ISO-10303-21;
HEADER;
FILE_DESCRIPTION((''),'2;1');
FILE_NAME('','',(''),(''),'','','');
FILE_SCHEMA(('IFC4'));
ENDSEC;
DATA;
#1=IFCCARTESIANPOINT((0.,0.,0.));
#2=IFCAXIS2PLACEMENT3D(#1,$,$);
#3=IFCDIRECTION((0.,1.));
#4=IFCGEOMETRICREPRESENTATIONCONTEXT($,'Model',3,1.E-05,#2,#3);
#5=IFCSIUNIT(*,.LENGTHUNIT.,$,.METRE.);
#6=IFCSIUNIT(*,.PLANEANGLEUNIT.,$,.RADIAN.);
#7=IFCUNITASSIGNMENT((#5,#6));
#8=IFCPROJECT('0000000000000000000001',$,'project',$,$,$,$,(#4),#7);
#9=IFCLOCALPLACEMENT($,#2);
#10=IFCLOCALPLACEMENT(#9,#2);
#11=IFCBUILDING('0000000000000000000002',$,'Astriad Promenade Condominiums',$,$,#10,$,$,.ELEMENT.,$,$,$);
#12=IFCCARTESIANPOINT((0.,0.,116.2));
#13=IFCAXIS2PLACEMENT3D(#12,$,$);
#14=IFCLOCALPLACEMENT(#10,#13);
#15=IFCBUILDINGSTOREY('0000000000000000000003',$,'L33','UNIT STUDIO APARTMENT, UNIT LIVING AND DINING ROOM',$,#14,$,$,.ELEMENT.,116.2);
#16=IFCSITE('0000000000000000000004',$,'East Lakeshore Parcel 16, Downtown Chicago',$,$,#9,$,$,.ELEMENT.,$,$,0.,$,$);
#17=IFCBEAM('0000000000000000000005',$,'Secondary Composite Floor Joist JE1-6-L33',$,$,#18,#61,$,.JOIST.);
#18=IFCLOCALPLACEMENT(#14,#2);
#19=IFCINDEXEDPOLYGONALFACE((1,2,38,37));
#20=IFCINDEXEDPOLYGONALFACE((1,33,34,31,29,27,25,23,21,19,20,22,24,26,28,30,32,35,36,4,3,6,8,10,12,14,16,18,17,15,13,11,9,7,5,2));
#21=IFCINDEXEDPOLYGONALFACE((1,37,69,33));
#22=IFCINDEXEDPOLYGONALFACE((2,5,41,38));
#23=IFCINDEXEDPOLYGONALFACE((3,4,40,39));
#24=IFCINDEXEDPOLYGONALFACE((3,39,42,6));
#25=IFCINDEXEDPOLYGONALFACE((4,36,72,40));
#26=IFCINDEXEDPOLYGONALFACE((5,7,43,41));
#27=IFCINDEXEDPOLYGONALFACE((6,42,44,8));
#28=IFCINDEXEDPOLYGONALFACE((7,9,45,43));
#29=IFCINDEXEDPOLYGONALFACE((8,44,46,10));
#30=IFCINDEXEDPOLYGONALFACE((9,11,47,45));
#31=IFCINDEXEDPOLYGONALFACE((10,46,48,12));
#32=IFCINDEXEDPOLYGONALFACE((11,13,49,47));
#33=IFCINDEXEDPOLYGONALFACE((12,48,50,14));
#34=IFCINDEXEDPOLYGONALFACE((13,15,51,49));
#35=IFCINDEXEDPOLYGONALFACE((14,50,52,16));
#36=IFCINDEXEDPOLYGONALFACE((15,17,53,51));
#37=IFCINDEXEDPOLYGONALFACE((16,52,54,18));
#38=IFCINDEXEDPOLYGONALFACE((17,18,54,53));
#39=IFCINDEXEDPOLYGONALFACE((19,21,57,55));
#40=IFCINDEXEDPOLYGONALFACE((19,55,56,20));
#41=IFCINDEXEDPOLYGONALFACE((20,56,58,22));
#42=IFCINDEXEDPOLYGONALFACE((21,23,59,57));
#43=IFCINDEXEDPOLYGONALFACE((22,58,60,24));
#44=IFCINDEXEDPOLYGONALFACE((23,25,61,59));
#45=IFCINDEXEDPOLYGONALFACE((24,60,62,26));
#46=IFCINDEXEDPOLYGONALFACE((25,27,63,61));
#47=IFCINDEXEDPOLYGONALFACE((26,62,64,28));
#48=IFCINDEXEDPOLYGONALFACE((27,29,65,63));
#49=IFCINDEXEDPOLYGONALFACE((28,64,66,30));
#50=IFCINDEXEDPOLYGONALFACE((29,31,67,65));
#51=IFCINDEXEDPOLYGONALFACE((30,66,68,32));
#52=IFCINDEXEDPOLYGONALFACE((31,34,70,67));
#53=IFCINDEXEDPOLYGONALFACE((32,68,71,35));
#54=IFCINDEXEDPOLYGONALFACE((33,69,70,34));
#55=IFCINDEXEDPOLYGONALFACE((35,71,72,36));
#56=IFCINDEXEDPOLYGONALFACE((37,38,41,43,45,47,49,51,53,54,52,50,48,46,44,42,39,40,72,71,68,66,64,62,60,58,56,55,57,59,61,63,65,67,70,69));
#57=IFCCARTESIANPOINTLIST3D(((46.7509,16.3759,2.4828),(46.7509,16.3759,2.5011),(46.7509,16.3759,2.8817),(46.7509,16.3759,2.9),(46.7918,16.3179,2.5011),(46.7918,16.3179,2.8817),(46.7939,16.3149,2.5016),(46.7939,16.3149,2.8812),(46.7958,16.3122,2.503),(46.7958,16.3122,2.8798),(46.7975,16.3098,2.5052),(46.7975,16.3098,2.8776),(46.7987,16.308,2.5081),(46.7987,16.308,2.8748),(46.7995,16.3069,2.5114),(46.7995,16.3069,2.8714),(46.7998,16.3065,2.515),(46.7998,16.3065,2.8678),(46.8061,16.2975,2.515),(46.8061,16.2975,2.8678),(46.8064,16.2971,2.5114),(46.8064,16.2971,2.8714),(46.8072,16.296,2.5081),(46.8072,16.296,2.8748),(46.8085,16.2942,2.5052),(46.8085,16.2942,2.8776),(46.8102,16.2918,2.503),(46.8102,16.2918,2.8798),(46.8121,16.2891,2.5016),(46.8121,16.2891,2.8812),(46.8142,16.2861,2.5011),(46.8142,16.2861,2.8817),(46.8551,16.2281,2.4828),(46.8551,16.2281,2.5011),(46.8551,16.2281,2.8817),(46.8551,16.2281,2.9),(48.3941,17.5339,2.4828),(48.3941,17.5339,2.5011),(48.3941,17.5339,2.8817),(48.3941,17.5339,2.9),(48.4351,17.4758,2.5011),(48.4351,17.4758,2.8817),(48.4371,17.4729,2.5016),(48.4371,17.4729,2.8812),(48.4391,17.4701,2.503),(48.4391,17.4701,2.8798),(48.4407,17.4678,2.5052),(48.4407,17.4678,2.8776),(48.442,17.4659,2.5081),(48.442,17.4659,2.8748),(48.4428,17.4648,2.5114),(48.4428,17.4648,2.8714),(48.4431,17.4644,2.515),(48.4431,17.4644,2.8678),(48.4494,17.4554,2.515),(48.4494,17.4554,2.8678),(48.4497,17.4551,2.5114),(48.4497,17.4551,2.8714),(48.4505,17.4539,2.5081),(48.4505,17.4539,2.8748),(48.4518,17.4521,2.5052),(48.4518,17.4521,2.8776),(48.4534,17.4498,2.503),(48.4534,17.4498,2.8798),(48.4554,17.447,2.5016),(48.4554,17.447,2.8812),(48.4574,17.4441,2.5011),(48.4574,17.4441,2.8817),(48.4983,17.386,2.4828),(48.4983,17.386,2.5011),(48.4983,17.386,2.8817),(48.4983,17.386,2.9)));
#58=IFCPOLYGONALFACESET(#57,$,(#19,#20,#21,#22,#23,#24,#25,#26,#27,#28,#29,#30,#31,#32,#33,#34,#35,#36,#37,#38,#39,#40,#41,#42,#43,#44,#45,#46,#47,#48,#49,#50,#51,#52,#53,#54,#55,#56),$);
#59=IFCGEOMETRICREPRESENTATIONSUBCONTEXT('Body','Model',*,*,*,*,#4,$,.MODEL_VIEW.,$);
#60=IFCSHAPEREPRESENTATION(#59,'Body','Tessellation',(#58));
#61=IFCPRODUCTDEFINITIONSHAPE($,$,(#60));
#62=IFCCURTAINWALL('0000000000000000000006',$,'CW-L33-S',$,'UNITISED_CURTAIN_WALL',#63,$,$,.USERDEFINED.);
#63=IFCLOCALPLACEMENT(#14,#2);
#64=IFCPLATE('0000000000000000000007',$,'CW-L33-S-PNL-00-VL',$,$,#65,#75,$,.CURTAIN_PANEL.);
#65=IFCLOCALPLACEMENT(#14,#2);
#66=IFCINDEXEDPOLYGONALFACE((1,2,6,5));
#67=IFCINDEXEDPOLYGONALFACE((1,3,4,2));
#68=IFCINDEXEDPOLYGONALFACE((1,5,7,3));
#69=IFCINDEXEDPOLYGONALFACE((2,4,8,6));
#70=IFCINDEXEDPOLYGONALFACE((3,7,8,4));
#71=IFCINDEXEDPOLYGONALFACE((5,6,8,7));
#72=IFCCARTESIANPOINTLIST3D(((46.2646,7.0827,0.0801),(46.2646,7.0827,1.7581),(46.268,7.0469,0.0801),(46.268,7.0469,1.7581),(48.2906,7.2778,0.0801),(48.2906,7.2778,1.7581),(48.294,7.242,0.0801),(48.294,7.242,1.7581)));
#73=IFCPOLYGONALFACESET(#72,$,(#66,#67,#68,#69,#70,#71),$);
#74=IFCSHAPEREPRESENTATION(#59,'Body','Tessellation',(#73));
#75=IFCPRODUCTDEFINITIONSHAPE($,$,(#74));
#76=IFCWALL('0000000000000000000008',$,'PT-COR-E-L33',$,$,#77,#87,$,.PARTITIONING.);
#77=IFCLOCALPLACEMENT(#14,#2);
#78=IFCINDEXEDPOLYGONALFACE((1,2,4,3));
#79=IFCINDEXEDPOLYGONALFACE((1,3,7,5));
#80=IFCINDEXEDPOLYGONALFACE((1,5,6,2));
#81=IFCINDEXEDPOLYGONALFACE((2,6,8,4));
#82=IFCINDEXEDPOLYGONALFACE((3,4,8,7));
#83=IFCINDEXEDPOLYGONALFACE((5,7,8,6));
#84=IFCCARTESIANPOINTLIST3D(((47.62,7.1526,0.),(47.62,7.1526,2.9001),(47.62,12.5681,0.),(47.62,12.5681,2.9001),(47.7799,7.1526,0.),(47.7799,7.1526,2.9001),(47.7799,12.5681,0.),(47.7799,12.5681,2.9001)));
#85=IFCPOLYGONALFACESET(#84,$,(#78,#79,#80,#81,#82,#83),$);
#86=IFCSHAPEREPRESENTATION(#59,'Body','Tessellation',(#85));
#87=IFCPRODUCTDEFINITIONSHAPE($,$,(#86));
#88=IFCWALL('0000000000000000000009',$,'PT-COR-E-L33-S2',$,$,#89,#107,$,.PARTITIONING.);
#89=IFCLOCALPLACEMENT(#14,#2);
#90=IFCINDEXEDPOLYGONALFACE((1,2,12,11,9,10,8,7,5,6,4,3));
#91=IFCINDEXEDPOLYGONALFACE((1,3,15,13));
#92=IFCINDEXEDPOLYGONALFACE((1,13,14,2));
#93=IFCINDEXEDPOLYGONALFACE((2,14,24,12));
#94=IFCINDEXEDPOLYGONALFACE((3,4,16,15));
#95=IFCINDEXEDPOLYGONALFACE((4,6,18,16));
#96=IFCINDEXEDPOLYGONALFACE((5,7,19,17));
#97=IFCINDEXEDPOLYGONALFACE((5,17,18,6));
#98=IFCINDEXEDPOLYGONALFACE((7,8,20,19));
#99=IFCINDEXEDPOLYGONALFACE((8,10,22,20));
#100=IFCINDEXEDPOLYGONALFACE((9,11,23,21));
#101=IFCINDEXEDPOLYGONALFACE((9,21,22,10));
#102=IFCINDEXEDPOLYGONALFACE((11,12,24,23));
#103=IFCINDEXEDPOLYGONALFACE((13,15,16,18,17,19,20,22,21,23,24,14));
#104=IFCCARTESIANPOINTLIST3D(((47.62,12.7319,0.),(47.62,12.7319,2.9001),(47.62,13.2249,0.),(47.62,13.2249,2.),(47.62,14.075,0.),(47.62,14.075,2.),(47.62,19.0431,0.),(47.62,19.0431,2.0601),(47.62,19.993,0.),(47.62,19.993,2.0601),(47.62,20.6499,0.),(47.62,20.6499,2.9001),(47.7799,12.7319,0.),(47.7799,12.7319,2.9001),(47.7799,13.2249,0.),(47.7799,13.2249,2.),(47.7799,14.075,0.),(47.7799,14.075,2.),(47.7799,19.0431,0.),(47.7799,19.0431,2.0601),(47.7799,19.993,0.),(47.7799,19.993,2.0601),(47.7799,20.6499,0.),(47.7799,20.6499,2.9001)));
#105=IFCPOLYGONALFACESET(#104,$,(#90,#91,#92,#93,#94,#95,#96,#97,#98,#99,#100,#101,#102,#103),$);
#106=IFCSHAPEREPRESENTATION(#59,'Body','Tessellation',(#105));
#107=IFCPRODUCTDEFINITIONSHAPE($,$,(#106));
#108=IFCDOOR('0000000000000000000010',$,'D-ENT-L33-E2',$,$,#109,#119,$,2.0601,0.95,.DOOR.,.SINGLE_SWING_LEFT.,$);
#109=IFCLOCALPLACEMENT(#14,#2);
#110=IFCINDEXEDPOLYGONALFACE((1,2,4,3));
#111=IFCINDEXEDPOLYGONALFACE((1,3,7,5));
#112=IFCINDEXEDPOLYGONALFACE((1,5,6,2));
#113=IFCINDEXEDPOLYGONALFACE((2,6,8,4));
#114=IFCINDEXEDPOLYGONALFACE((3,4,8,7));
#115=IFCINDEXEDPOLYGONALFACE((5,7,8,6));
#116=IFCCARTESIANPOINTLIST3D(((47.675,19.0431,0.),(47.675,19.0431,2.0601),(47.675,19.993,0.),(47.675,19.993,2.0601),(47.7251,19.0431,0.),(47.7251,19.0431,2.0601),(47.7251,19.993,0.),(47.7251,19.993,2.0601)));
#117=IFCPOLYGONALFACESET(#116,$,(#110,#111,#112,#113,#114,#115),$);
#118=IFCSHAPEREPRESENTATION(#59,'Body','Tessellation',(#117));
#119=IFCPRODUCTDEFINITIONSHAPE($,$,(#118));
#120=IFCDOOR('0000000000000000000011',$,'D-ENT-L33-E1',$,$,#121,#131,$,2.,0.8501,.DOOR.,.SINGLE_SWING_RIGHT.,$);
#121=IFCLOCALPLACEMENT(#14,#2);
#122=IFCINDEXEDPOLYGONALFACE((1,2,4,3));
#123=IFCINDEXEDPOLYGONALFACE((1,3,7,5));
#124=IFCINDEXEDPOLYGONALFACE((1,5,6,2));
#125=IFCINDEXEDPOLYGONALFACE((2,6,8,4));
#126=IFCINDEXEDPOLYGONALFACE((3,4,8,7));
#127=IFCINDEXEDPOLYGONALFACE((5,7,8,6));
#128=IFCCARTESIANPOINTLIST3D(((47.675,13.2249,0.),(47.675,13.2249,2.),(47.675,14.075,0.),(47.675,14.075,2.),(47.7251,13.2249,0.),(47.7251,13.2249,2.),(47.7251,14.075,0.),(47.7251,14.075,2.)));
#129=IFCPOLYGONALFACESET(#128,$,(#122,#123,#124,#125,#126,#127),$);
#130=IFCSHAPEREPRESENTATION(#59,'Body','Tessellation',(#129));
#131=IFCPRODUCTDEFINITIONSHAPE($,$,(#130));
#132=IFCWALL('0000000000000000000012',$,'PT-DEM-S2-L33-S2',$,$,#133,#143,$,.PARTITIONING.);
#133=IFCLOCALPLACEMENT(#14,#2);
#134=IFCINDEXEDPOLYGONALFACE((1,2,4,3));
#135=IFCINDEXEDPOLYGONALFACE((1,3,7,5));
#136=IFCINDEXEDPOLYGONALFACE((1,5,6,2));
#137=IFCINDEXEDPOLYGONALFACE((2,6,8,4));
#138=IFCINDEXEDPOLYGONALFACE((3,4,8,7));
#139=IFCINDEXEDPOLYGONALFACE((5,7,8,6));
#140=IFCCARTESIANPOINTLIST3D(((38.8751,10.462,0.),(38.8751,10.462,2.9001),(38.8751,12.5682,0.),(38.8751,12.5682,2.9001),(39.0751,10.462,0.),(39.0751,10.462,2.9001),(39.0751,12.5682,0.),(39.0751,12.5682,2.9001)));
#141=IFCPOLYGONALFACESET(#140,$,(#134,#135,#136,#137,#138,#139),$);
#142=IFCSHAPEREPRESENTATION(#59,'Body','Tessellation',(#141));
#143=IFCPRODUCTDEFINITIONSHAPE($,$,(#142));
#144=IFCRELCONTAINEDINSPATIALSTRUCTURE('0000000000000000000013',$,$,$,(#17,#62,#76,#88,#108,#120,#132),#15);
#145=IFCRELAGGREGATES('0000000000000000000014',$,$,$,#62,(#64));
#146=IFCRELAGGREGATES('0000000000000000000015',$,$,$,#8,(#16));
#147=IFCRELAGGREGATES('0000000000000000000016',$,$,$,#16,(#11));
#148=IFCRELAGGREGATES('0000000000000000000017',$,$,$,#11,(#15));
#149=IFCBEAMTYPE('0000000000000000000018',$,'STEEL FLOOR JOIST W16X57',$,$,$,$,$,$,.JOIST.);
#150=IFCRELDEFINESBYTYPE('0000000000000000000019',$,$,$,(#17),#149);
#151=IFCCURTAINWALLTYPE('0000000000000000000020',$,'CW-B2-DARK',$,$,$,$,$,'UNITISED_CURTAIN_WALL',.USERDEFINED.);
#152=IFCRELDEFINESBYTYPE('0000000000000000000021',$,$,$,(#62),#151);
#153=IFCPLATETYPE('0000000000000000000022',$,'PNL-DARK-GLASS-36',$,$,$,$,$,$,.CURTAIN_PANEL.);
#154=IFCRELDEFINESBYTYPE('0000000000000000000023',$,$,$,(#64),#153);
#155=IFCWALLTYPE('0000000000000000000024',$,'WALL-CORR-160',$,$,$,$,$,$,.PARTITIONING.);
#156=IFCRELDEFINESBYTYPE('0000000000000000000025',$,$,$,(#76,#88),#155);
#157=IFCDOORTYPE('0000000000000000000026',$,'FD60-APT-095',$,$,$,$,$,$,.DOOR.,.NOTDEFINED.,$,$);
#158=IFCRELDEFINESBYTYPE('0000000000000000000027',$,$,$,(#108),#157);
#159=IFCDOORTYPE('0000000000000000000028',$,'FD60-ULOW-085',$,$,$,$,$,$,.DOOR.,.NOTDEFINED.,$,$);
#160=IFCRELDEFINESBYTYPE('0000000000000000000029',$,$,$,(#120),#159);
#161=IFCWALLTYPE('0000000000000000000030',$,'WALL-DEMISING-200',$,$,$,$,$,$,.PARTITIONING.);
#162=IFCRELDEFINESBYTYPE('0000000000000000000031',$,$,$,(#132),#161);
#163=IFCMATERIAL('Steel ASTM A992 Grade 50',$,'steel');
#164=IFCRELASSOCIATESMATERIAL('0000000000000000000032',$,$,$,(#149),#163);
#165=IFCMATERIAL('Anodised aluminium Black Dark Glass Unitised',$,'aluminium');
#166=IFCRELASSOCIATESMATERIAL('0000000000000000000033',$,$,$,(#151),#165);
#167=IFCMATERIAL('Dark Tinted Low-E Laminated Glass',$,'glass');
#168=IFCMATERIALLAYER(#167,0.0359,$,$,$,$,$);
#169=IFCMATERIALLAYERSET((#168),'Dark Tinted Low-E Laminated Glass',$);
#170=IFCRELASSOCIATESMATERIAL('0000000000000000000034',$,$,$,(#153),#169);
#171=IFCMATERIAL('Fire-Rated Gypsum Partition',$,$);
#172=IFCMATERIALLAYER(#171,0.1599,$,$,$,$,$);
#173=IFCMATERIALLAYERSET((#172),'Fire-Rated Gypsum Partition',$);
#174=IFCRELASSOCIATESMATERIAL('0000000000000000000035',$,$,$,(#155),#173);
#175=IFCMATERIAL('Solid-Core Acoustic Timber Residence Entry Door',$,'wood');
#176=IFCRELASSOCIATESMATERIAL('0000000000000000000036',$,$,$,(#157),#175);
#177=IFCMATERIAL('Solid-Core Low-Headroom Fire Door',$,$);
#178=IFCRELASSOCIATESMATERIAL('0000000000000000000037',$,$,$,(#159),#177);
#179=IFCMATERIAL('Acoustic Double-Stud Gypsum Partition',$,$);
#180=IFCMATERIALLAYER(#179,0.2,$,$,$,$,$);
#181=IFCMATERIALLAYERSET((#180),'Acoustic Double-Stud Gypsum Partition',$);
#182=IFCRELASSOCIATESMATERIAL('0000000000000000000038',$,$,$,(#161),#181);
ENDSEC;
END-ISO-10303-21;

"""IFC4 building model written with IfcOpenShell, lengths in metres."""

from ifc_helpers import new_model, si_unit, direction, frame, frame_2d, origin, origin_2d, place, context, subcontext, project, spatial, rectangle, i_section, extrude, source, transform, mapped, material, layer, layer_set, material_profile, profile_set, type_object, type_shapes, element, fill, aggregate, save


model = new_model("IFC4")

# Units and contexts
model_context = context("Model", 3, precision=1e-05, world=origin(), true_north=direction((0.0, 1.0)))
body_context = subcontext(model_context, "Body", "Model", "MODEL_VIEW")
ifc_project = project(units=[si_unit("LENGTHUNIT", "METRE"), si_unit("PLANEANGLEUNIT", "RADIAN")], contexts=[model_context])

# Site, building, storey
site_placement = place(None, origin())
site = spatial("IfcSite", under=ifc_project, at=site_placement, Name="East Lakeshore Parcel 16, Downtown Chicago", CompositionType="ELEMENT", RefElevation=0.0)
building_placement = place(site_placement, origin())
building = spatial("IfcBuilding", under=site, at=building_placement, Name="Astriad Promenade Condominiums", CompositionType="ELEMENT")
storey_placement = place(building_placement, frame((0.0, 0.0, 116.2)))
storey = spatial("IfcBuildingStorey", under=building, at=storey_placement, Name="L33", Description="UNIT STUDIO APARTMENT, UNIT LIVING AND DINING ROOM", CompositionType="ELEMENT", Elevation=116.2)

# Shared definitions
ifc_material_1 = material(Name="Steel ASTM A992 Grade 50", Category="steel")

# Beam
ifc_material_profile_1 = material_profile(ifc_material_1, i_section(OverallWidth=0.1809, OverallDepth=0.4172, WebThickness=0.011, FlangeThickness=0.0183, FilletRadius=0.0139, at=origin_2d()), Name="W16X57")
ifc_profile_set_1 = profile_set([ifc_material_profile_1], Name="Steel ASTM A992 Grade 50")
beam_type_1 = type_object("IfcBeamType", Name="STEEL FLOOR JOIST W16X57", PredefinedType="JOIST", material=ifc_profile_set_1)
shared_shape_1 = source(origin(), body_context, "Body", "SweptSolid", [
    extrude(i_section(OverallWidth=0.1809, OverallDepth=0.4172, WebThickness=0.011, FlangeThickness=0.0183, FilletRadius=0.0139, at=origin_2d()), origin(), (0.0, 0.0, 1.0), 2.0103),
])
type_shapes(beam_type_1, [shared_shape_1])
beam_1_placement = place(storey_placement, frame((46.803, 16.302, 2.6914), z_axis=(0.817442, 0.576011, 0.0), x_axis=(-0.576011, 0.817442, 0.0)))
element("IfcBeam", 1, at=beam_1_placement, inside=storey, type_object=beam_type_1, Name="Secondary Composite Floor Joist JE1-6-L33", PredefinedType="JOIST", context=body_context, shape_type="MappedRepresentation", body=[
    mapped(shared_shape_1, transform((0.0, 0.0, 0.0), scale=1.0)),
])

# Curtain wall, plate
ifc_material_2 = material(Name="Anodised aluminium Black Dark Glass Unitised", Category="aluminium")
curtain_wall_type = type_object("IfcCurtainWallType", Name="CW-B2-DARK", ElementType="UNITISED_CURTAIN_WALL", PredefinedType="USERDEFINED", material=ifc_material_2)
curtain_wall_placement = place(storey_placement, origin())
curtain_wall = element("IfcCurtainWall", 2, at=curtain_wall_placement, inside=storey, type_object=curtain_wall_type, Name="CW-L33-S", ObjectType="UNITISED_CURTAIN_WALL", PredefinedType="USERDEFINED")
ifc_material_3 = material(Name="Dark Tinted Low-E Laminated Glass", Category="glass")
ifc_layer_1 = layer(ifc_material_3, 0.0359)
ifc_layer_set_1 = layer_set([ifc_layer_1], Name="Dark Tinted Low-E Laminated Glass")
plate_type = type_object("IfcPlateType", Name="PNL-DARK-GLASS-36", PredefinedType="CURTAIN_PANEL", material=ifc_layer_set_1)
shared_shape_2 = source(origin(), body_context, "Body", "SweptSolid", [
    extrude(rectangle(XDim=2.0354, YDim=0.0359, at=origin_2d()), origin(), (0.0, 0.0, 1.0), 1.678),
])
type_shapes(plate_type, [shared_shape_2])
plate_placement = place(storey_placement, frame((47.2793, 7.1624, 0.0801), z_axis=(0.0, 0.0, 1.0), x_axis=(-0.995396, -0.095846, 0.0)))
plate = element("IfcPlate", 3, at=plate_placement, type_object=plate_type, Name="CW-L33-S-PNL-00-VL", PredefinedType="CURTAIN_PANEL", context=body_context, shape_type="MappedRepresentation", body=[
    mapped(shared_shape_2, transform((0.0, 0.0, 0.0), scale=1.0)),
])
aggregate(curtain_wall, [plate])

# Wall
ifc_material_4 = material(Name="Fire-Rated Gypsum Partition")
ifc_layer_2 = layer(ifc_material_4, 0.1599)
ifc_layer_set_2 = layer_set([ifc_layer_2], Name="Fire-Rated Gypsum Partition")
wall_type_1 = type_object("IfcWallType", Name="WALL-CORR-160", PredefinedType="PARTITIONING", material=ifc_layer_set_2)
wall_1_placement = place(storey_placement, frame((47.7, 7.1526, 0.0), z_axis=(0.0, 0.0, 1.0), x_axis=(0.0, 1.0, 0.0)))
element("IfcWall", 4, at=wall_1_placement, inside=storey, type_object=wall_type_1, Name="PT-COR-E-L33", PredefinedType="PARTITIONING", context=body_context, shape_type="SweptSolid", body=[
    extrude(rectangle(XDim=5.4155, YDim=0.1599, at=frame_2d((2.7078, 0.0))), origin(), (0.0, 0.0, 1.0), 2.9001),
])

# Wall, openings, doors
wall_2_placement = place(storey_placement, frame((47.7, 12.7319, 0.0), z_axis=(0.0, 0.0, 1.0), x_axis=(0.0, 1.0, 0.0)))
wall_2 = element("IfcWall", 5, at=wall_2_placement, inside=storey, type_object=wall_type_1, Name="PT-COR-E-L33-S2", PredefinedType="PARTITIONING", context=body_context, shape_type="SweptSolid", body=[
    extrude(rectangle(XDim=7.918, YDim=0.1599, at=frame_2d((3.959, 0.0))), origin(), (0.0, 0.0, 1.0), 2.9001),
])
opening_1_placement = place(wall_2_placement, frame((0.4929, 0.0, 0.0)))
opening_1 = element("IfcOpeningElement", 6, at=opening_1_placement, cuts=wall_2, PredefinedType="OPENING", context=body_context, shape_type="SweptSolid", body=[
    extrude(rectangle(XDim=0.8501, YDim=2.0, at=frame_2d((0.425, 1.0))), frame((0.0, 0.0898, 0.0), z_axis=(0.0, -1.0, 0.0), x_axis=(1.0, 0.0, 0.0)), (0.0, 0.0, 1.0), 0.1799),
])
opening_2_placement = place(wall_2_placement, frame((6.311, 0.0, 0.0)))
opening_2 = element("IfcOpeningElement", 7, at=opening_2_placement, cuts=wall_2, PredefinedType="OPENING", context=body_context, shape_type="SweptSolid", body=[
    extrude(rectangle(XDim=0.95, YDim=2.0601, at=frame_2d((0.4751, 1.03))), frame((0.0, 0.0898, 0.0), z_axis=(0.0, -1.0, 0.0), x_axis=(1.0, 0.0, 0.0)), (0.0, 0.0, 1.0), 0.1799),
])
ifc_material_5 = material(Name="Solid-Core Acoustic Timber Residence Entry Door", Category="wood")
door_type_1 = type_object("IfcDoorType", Name="FD60-APT-095", OperationType="NOTDEFINED", PredefinedType="DOOR", material=ifc_material_5)
shared_shape_3 = source(origin(), body_context, "Body", "SweptSolid", [
    extrude(rectangle(XDim=0.95, YDim=2.0601, at=frame_2d((0.4751, 1.03))), frame((0.0, 0.0249, 0.0), z_axis=(0.0, -1.0, 0.0), x_axis=(1.0, 0.0, 0.0)), (0.0, 0.0, 1.0), 0.05),
])
type_shapes(door_type_1, [shared_shape_3])
door_1_placement = place(opening_2_placement, origin())
door_1 = element("IfcDoor", 8, at=door_1_placement, inside=storey, type_object=door_type_1, Name="D-ENT-L33-E2", OperationType="SINGLE_SWING_LEFT", OverallHeight=2.0601, OverallWidth=0.95, PredefinedType="DOOR", context=body_context, shape_type="MappedRepresentation", body=[
    mapped(shared_shape_3, transform((0.0, 0.0, 0.0), scale=1.0)),
])
fill(opening_2, door_1)
ifc_material_6 = material(Name="Solid-Core Low-Headroom Fire Door")
door_type_2 = type_object("IfcDoorType", Name="FD60-ULOW-085", OperationType="NOTDEFINED", PredefinedType="DOOR", material=ifc_material_6)
shared_shape_4 = source(origin(), body_context, "Body", "SweptSolid", [
    extrude(rectangle(XDim=0.8501, YDim=2.0, at=frame_2d((0.425, 1.0))), frame((0.0, 0.0249, 0.0), z_axis=(0.0, -1.0, 0.0), x_axis=(1.0, 0.0, 0.0)), (0.0, 0.0, 1.0), 0.05),
])
type_shapes(door_type_2, [shared_shape_4])
door_2_placement = place(opening_1_placement, origin())
door_2 = element("IfcDoor", 9, at=door_2_placement, inside=storey, type_object=door_type_2, Name="D-ENT-L33-E1", OperationType="SINGLE_SWING_RIGHT", OverallHeight=2.0, OverallWidth=0.8501, PredefinedType="DOOR", context=body_context, shape_type="MappedRepresentation", body=[
    mapped(shared_shape_4, transform((0.0, 0.0, 0.0), scale=1.0)),
])
fill(opening_1, door_2)

# Wall
ifc_material_7 = material(Name="Acoustic Double-Stud Gypsum Partition")
ifc_layer_3 = layer(ifc_material_7, 0.2)
ifc_layer_set_3 = layer_set([ifc_layer_3], Name="Acoustic Double-Stud Gypsum Partition")
wall_type_2 = type_object("IfcWallType", Name="WALL-DEMISING-200", PredefinedType="PARTITIONING", material=ifc_layer_set_3)
wall_3_placement = place(storey_placement, frame((38.9751, 10.4619, 0.0), z_axis=(0.0, 0.0, 1.0), x_axis=(0.0, 1.0, 0.0)))
element("IfcWall", 10, at=wall_3_placement, inside=storey, type_object=wall_type_2, Name="PT-DEM-S2-L33-S2", PredefinedType="PARTITIONING", context=body_context, shape_type="SweptSolid", body=[
    extrude(rectangle(XDim=2.1062, YDim=0.2, at=frame_2d((1.0532, 0.0))), origin(), (0.0, 0.0, 1.0), 2.9001),
])

save(model, "model.ifc")
